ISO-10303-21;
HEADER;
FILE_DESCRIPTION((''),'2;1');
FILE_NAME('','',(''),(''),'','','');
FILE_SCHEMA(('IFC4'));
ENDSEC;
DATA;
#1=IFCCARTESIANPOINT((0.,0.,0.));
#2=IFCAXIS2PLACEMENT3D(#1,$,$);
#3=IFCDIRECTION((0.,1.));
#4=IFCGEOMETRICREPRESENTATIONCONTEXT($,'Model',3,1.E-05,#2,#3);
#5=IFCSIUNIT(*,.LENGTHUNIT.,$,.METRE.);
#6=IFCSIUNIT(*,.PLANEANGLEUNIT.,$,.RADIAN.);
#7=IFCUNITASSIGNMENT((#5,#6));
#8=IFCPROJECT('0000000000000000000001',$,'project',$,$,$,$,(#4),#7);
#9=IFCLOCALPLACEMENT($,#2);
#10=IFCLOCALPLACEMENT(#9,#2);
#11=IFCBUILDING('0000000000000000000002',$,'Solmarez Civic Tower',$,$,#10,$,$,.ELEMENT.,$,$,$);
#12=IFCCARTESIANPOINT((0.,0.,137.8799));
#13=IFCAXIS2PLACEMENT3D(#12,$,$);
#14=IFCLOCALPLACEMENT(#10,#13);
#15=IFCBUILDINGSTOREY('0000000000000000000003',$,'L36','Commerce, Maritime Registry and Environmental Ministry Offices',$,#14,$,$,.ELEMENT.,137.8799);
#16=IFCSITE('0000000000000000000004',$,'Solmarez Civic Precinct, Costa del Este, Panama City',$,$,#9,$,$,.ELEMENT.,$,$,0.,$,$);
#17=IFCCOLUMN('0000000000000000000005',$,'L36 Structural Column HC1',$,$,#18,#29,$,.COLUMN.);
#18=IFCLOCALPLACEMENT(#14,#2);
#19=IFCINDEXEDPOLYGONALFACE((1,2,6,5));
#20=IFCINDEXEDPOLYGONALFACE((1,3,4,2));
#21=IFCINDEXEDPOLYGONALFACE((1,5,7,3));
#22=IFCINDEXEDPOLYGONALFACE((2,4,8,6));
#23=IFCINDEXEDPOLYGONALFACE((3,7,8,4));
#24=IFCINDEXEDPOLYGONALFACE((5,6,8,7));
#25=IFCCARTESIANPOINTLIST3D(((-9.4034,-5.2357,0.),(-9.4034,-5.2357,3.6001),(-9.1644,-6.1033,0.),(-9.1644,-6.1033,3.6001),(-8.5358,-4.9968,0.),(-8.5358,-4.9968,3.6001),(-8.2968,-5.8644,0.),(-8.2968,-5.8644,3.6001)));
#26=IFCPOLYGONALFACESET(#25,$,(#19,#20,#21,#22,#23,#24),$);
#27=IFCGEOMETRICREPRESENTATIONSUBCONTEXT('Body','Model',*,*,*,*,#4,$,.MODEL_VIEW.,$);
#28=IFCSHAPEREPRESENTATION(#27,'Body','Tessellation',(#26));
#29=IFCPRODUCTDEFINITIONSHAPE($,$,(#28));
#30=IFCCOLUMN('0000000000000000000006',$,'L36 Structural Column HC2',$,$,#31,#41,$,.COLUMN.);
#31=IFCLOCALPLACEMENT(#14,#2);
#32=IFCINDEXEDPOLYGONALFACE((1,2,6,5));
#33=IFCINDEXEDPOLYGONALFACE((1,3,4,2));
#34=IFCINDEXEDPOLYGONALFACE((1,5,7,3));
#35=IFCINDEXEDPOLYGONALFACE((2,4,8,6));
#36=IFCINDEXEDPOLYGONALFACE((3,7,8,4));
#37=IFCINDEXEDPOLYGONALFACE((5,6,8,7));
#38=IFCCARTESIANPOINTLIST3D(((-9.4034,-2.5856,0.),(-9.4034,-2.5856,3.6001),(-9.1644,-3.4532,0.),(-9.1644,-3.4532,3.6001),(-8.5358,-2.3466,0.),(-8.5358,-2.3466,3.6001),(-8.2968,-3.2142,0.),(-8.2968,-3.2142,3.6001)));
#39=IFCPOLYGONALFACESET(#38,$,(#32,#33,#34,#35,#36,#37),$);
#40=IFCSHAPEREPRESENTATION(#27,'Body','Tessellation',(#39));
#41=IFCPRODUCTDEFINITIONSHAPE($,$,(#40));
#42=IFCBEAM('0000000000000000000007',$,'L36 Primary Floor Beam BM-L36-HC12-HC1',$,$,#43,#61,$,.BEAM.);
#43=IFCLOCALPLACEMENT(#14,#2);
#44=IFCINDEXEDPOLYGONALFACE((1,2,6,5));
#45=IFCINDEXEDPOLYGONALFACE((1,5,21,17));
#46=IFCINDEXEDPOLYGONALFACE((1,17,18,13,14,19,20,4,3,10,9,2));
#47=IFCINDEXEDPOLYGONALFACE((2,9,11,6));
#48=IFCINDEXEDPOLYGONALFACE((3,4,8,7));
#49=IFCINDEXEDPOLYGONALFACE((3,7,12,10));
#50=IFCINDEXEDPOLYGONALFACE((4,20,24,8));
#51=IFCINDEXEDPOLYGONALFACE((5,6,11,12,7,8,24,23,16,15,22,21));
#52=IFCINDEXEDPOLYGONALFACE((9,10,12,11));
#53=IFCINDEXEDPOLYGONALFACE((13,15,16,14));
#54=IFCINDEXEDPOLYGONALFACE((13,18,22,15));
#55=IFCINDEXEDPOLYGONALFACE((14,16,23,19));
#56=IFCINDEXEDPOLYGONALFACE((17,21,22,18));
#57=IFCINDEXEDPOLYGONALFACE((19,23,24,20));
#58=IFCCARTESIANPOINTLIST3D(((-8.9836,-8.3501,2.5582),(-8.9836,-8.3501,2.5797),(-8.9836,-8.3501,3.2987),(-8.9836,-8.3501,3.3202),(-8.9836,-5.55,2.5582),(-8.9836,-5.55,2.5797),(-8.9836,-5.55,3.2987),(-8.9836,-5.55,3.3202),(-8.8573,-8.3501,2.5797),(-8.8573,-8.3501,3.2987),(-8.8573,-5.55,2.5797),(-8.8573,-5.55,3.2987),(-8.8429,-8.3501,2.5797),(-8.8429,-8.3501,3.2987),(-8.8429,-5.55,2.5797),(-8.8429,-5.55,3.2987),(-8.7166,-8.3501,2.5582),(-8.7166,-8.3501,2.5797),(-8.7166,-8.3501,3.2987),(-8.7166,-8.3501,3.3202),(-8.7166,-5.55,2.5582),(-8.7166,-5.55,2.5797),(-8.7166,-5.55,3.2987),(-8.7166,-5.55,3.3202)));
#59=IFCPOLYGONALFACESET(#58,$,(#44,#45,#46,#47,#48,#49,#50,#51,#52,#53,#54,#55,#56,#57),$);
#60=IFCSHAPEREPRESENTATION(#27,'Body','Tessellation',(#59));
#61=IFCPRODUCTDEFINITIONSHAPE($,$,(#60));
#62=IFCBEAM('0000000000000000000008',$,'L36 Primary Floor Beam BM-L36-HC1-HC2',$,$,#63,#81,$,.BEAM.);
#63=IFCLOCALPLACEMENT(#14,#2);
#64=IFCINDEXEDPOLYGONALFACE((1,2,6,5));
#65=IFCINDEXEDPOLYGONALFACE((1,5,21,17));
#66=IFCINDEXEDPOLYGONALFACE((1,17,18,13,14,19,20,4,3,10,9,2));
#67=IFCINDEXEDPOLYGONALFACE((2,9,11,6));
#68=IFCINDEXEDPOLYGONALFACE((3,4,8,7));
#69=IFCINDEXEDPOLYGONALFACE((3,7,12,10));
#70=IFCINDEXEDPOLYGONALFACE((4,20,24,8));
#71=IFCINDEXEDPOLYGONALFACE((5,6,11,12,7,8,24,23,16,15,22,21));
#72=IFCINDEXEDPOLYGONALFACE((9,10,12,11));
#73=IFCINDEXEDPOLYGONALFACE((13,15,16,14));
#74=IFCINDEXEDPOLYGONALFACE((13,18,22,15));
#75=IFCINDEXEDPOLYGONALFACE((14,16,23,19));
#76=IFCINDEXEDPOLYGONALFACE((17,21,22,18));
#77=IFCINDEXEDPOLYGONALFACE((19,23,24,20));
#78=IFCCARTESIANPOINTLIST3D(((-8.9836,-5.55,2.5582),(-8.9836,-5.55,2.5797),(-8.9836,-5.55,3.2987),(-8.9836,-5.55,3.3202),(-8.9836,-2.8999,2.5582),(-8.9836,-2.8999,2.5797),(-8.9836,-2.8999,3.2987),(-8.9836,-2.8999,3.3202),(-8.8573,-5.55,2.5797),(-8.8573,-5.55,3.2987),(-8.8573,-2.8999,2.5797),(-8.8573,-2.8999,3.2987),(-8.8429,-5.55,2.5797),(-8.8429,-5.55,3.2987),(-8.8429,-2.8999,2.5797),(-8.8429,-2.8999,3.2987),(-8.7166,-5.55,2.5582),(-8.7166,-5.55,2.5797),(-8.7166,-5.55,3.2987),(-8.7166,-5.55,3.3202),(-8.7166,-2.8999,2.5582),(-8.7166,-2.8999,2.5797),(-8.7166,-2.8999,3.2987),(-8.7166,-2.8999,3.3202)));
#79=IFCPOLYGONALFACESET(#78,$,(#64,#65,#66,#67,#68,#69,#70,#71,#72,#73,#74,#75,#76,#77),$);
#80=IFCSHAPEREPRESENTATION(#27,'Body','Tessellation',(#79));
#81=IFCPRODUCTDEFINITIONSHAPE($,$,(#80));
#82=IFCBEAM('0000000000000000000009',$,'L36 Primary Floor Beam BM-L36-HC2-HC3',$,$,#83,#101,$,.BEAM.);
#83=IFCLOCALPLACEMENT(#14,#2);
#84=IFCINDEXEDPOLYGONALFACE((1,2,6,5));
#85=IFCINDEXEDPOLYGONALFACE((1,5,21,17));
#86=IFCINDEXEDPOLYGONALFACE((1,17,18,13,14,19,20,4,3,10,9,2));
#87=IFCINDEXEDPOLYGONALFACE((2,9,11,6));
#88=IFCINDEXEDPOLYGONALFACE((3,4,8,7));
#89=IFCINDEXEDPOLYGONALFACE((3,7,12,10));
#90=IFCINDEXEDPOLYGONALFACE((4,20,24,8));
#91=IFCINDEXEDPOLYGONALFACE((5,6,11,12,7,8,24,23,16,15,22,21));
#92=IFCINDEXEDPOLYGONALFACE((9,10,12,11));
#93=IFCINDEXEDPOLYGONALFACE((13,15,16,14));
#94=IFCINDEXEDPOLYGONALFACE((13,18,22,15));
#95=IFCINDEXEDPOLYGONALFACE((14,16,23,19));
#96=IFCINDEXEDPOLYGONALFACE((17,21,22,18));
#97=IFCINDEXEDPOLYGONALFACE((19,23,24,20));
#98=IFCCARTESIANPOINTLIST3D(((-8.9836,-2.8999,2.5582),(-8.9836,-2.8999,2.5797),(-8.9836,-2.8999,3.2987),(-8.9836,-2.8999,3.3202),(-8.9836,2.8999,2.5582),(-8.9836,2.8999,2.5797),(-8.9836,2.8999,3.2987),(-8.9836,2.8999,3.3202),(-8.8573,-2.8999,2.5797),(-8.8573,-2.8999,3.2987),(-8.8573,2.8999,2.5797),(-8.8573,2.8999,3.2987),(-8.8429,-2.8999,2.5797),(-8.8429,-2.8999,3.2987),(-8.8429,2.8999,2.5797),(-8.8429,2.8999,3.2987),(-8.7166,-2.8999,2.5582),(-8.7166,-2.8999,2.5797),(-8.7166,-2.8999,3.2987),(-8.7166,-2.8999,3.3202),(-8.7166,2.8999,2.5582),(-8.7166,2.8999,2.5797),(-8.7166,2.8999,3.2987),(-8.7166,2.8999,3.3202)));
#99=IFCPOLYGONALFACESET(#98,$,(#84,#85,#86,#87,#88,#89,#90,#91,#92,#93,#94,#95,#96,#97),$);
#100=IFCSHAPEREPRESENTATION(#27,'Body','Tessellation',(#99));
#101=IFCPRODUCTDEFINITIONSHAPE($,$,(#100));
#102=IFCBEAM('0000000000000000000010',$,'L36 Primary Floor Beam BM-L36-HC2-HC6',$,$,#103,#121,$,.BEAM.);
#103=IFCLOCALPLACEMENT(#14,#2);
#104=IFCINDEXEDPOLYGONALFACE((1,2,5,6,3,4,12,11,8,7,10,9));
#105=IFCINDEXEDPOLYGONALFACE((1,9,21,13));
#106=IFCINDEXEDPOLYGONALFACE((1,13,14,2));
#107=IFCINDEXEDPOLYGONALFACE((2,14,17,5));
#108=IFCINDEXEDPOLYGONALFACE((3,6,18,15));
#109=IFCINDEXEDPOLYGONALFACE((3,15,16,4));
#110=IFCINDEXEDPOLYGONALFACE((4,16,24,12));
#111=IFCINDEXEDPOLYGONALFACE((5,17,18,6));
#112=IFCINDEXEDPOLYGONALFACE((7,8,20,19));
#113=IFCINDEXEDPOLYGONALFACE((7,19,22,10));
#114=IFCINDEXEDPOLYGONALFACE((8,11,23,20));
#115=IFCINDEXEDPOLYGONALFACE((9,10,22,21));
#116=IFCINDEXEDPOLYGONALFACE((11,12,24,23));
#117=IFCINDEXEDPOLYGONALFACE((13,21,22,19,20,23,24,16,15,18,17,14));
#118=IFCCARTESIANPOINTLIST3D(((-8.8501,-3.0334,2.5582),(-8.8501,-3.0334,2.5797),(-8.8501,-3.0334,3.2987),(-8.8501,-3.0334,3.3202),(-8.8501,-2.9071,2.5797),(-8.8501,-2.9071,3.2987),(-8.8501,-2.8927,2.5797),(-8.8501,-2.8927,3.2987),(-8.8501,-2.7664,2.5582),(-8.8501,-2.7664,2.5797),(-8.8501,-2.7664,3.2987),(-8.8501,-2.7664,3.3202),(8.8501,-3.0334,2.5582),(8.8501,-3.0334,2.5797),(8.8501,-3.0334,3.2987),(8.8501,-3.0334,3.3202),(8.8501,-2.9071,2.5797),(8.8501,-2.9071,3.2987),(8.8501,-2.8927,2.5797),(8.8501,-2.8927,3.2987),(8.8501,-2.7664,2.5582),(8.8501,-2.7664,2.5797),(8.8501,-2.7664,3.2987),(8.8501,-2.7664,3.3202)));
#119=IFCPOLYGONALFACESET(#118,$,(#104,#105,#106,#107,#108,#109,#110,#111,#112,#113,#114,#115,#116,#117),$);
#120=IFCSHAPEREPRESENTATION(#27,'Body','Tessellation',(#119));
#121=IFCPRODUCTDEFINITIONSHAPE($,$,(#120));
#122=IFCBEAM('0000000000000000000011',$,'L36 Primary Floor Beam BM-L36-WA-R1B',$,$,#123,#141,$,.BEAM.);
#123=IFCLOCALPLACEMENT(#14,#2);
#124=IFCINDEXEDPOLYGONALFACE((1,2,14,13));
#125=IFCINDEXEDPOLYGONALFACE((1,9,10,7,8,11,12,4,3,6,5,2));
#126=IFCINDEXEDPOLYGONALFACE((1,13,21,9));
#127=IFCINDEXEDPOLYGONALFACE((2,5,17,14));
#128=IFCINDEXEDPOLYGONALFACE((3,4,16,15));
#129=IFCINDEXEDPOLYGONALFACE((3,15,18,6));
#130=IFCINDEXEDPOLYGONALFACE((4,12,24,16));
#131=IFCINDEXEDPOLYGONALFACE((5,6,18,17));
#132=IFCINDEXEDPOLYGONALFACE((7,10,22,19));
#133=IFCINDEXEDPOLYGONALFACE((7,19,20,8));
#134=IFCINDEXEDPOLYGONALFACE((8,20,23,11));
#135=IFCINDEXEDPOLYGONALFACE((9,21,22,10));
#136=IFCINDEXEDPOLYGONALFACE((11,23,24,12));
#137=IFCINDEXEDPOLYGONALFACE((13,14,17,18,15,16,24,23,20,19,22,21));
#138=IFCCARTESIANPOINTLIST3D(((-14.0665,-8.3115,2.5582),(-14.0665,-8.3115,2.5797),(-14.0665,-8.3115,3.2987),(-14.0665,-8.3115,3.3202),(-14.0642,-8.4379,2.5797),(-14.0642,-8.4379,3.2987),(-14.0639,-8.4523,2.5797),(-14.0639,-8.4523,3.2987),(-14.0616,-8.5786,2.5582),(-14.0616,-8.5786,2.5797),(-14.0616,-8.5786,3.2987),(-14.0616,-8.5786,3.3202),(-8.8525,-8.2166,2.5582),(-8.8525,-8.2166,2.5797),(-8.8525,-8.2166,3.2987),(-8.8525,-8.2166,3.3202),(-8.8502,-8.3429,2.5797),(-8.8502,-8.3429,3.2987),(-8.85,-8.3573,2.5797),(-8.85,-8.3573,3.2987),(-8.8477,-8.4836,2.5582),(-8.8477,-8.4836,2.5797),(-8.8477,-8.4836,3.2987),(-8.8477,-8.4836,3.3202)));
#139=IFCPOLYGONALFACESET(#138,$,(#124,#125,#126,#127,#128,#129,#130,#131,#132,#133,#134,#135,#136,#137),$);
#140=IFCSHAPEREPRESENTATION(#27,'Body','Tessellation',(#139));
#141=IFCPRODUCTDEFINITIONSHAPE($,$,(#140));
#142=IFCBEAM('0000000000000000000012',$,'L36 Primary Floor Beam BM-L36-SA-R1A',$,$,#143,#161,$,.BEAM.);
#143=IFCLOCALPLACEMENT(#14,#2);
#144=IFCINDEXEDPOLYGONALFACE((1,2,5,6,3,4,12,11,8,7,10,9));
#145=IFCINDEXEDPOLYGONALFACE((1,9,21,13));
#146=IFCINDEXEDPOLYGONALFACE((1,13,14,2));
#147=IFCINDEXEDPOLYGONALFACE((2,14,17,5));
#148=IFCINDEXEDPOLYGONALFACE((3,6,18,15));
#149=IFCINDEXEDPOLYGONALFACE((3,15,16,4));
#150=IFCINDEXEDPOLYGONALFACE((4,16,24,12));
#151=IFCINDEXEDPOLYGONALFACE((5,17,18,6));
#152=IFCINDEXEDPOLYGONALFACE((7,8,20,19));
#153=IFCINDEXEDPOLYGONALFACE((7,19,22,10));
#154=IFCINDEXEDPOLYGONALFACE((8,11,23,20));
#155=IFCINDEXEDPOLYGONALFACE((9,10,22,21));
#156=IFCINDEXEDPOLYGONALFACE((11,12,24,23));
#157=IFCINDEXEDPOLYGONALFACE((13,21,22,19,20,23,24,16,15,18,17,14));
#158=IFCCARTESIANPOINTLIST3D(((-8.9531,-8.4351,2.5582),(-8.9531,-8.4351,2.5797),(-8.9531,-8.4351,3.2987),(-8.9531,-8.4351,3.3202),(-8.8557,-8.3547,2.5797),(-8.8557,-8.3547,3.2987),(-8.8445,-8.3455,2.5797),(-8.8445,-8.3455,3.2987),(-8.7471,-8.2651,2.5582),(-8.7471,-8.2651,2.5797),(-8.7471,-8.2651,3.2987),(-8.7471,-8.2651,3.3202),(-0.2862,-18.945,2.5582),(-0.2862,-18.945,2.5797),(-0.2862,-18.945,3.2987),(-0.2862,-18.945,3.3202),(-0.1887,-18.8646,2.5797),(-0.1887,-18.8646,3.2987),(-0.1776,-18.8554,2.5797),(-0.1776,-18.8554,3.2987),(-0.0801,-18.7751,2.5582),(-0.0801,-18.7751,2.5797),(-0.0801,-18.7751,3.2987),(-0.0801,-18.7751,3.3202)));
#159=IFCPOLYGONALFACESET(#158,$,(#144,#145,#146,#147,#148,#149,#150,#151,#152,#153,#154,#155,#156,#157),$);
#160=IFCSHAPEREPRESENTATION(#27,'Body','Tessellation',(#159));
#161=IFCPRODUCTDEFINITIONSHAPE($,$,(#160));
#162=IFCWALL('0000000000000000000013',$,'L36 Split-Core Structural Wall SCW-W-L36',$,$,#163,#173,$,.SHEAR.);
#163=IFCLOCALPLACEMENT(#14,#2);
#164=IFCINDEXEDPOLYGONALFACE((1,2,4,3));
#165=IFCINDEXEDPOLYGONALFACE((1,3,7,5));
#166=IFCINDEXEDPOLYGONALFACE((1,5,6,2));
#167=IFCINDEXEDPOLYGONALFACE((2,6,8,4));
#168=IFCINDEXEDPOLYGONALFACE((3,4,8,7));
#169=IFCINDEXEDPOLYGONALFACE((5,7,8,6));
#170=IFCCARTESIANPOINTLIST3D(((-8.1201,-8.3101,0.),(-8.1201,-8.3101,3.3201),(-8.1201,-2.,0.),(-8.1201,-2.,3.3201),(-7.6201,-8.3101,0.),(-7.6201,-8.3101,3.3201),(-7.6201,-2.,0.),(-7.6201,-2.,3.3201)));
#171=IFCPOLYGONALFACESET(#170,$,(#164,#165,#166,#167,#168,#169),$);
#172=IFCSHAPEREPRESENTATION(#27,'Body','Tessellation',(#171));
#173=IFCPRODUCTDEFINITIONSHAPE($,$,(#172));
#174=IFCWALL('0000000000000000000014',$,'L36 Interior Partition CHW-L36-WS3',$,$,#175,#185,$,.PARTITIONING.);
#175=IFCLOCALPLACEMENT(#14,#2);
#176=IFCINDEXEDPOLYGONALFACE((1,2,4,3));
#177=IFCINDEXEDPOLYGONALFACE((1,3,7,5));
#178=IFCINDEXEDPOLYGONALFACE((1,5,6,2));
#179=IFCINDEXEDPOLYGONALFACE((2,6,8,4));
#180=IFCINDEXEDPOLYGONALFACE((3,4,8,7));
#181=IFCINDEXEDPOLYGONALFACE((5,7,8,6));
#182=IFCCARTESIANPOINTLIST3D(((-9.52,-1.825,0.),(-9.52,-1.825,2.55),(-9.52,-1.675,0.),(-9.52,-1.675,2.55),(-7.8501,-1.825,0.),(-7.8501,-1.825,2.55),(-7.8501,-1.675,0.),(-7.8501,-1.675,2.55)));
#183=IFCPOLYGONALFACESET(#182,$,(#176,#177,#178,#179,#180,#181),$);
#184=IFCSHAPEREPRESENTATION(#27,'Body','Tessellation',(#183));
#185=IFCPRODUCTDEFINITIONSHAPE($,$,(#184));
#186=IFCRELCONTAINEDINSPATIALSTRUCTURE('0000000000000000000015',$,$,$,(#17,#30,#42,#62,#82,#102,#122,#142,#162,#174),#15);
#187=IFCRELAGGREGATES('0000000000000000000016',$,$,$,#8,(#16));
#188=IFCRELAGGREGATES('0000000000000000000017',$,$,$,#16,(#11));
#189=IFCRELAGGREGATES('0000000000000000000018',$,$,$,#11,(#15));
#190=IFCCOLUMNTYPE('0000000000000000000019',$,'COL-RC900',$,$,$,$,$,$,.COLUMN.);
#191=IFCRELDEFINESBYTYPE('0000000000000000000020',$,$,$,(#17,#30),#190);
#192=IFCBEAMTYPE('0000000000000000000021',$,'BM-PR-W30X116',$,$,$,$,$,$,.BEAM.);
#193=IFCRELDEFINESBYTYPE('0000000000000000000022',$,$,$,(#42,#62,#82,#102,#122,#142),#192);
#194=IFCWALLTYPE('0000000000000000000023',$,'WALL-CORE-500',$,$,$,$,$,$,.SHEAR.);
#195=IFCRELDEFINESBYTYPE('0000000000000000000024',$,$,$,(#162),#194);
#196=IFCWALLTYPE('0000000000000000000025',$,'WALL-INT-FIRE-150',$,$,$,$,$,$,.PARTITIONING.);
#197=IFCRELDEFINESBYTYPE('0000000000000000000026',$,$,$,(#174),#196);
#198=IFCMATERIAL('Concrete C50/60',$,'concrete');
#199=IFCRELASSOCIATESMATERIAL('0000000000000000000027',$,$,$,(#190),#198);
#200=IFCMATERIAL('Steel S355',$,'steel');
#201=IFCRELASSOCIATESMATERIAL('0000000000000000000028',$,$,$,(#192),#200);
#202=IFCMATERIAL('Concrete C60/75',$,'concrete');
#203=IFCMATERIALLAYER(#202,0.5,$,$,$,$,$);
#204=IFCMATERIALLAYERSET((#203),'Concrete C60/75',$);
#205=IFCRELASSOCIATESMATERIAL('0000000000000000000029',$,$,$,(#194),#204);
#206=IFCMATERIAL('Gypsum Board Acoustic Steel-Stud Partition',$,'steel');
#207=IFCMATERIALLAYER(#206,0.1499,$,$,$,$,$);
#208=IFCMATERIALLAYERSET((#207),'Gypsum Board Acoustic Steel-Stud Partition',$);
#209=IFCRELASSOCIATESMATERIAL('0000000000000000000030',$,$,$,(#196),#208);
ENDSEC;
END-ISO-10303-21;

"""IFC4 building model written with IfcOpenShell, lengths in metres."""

from ifc_helpers import new_model, si_unit, direction, frame, frame_2d, origin, origin_2d, place, context, subcontext, project, spatial, rectangle, i_section, extrude, material, layer, layer_set, material_profile, profile_set, type_object, element, save


model = new_model("IFC4")

# Units and contexts
model_context = context("Model", 3, precision=1e-05, world=origin(), true_north=direction((0.0, 1.0)))
body_context = subcontext(model_context, "Body", "Model", "MODEL_VIEW")
ifc_project = project(units=[si_unit("LENGTHUNIT", "METRE"), si_unit("PLANEANGLEUNIT", "RADIAN")], contexts=[model_context])

# Site, building, storey
site_placement = place(None, origin())
site = spatial("IfcSite", under=ifc_project, at=site_placement, Name="Solmarez Civic Precinct, Costa del Este, Panama City", CompositionType="ELEMENT", RefElevation=0.0)
building_placement = place(site_placement, origin())
building = spatial("IfcBuilding", under=site, at=building_placement, Name="Solmarez Civic Tower", CompositionType="ELEMENT")
storey_placement = place(building_placement, frame((0.0, 0.0, 137.8799)))
storey = spatial("IfcBuildingStorey", under=building, at=storey_placement, Name="L36", Description="Commerce, Maritime Registry and Environmental Ministry Offices", CompositionType="ELEMENT", Elevation=137.8799)

# Columns
ifc_material_1 = material(Name="Concrete C50/60", Category="concrete")
ifc_material_profile_1 = material_profile(ifc_material_1, rectangle(XDim=0.8999, YDim=0.8999, at=origin_2d()), Name="RC900X900")
ifc_profile_set_1 = profile_set([ifc_material_profile_1], Name="Concrete C50/60")
column_type = type_object("IfcColumnType", Name="COL-RC900", PredefinedType="COLUMN", material=ifc_profile_set_1)
for number, where, z_axis, x_axis, name in (
    (1, (-8.8501, -5.55, 0.0), (0.0, 0.0, 1.0), (0.964095, 0.265556, 0.0), "L36 Structural Column HC1"),
    (2, (-8.8501, -2.8999, 0.0), (0.0, 0.0, 1.0), (0.964095, 0.265556, 0.0), "L36 Structural Column HC2"),
):
    element("IfcColumn", number, at=place(storey_placement, frame(where, z_axis=z_axis, x_axis=x_axis)), inside=storey, type_object=column_type, Name=name, PredefinedType="COLUMN", context=body_context, shape_type="SweptSolid", body=[
        extrude(rectangle(XDim=0.8999, YDim=0.8999, at=origin_2d()), origin(), (0.0, 0.0, 1.0), 3.6001),
    ])

# Beams
ifc_material_2 = material(Name="Steel S355", Category="steel")
ifc_material_profile_2 = material_profile(ifc_material_2, i_section(OverallWidth=0.2671, OverallDepth=0.762, WebThickness=0.0144, FlangeThickness=0.0215, at=origin_2d()), Name="W30X116")
ifc_profile_set_2 = profile_set([ifc_material_profile_2], Name="Steel S355")
beam_type = type_object("IfcBeamType", Name="BM-PR-W30X116", PredefinedType="BEAM", material=ifc_profile_set_2)
beam_1_placement = place(storey_placement, frame((-8.8501, -8.3501, 2.9392), z_axis=(0.0, 1.0, 0.0), x_axis=(-1.0, 0.0, 0.0)))
element("IfcBeam", 3, at=beam_1_placement, inside=storey, type_object=beam_type, Name="L36 Primary Floor Beam BM-L36-HC12-HC1", PredefinedType="BEAM", context=body_context, shape_type="SweptSolid", body=[
    extrude(i_section(OverallWidth=0.2671, OverallDepth=0.762, WebThickness=0.0144, FlangeThickness=0.0215, at=origin_2d()), origin(), (0.0, 0.0, 1.0), 2.8),
])
beam_2_placement = place(storey_placement, frame((-8.8501, -5.55, 2.9392), z_axis=(0.0, 1.0, 0.0), x_axis=(-1.0, 0.0, 0.0)))
element("IfcBeam", 4, at=beam_2_placement, inside=storey, type_object=beam_type, Name="L36 Primary Floor Beam BM-L36-HC1-HC2", PredefinedType="BEAM", context=body_context, shape_type="SweptSolid", body=[
    extrude(i_section(OverallWidth=0.2671, OverallDepth=0.762, WebThickness=0.0144, FlangeThickness=0.0215, at=origin_2d()), origin(), (0.0, 0.0, 1.0), 2.6501),
])
beam_3_placement = place(storey_placement, frame((-8.8501, -2.8999, 2.9392), z_axis=(0.0, 1.0, 0.0), x_axis=(-1.0, 0.0, 0.0)))
element("IfcBeam", 5, at=beam_3_placement, inside=storey, type_object=beam_type, Name="L36 Primary Floor Beam BM-L36-HC2-HC3", PredefinedType="BEAM", context=body_context, shape_type="SweptSolid", body=[
    extrude(i_section(OverallWidth=0.2671, OverallDepth=0.762, WebThickness=0.0144, FlangeThickness=0.0215, at=origin_2d()), origin(), (0.0, 0.0, 1.0), 5.7998),
])
beam_4_placement = place(storey_placement, frame((-8.8501, -2.8999, 2.9392), z_axis=(1.0, 0.0, 0.0), x_axis=(0.0, 1.0, 0.0)))
element("IfcBeam", 6, at=beam_4_placement, inside=storey, type_object=beam_type, Name="L36 Primary Floor Beam BM-L36-HC2-HC6", PredefinedType="BEAM", context=body_context, shape_type="SweptSolid", body=[
    extrude(i_section(OverallWidth=0.2671, OverallDepth=0.762, WebThickness=0.0144, FlangeThickness=0.0215, at=origin_2d()), origin(), (0.0, 0.0, 1.0), 17.7002),
])
beam_5_placement = place(storey_placement, frame((-8.8501, -8.3501, 2.9392), z_axis=(-0.999834, -0.018212, 0.0), x_axis=(0.018212, -0.999834, 0.0)))
element("IfcBeam", 7, at=beam_5_placement, inside=storey, type_object=beam_type, Name="L36 Primary Floor Beam BM-L36-WA-R1B", PredefinedType="BEAM", context=body_context, shape_type="SweptSolid", body=[
    extrude(i_section(OverallWidth=0.2671, OverallDepth=0.762, WebThickness=0.0144, FlangeThickness=0.0215, at=origin_2d()), origin(), (0.0, 0.0, 1.0), 5.2148),
])
beam_6_placement = place(storey_placement, frame((-8.8501, -8.3501, 2.9392), z_axis=(0.636218, -0.771509, 0.0), x_axis=(0.771509, 0.636218, 0.0)))
element("IfcBeam", 8, at=beam_6_placement, inside=storey, type_object=beam_type, Name="L36 Primary Floor Beam BM-L36-SA-R1A", PredefinedType="BEAM", context=body_context, shape_type="SweptSolid", body=[
    extrude(i_section(OverallWidth=0.2671, OverallDepth=0.762, WebThickness=0.0144, FlangeThickness=0.0215, at=origin_2d()), origin(), (0.0, 0.0, 1.0), 13.6226),
])

# Shared definitions
ifc_material_3 = material(Name="Concrete C60/75", Category="concrete")
ifc_layer_1 = layer(ifc_material_3, 0.5)
ifc_layer_set_1 = layer_set([ifc_layer_1], Name="Concrete C60/75")
wall_type_1 = type_object("IfcWallType", Name="WALL-CORE-500", PredefinedType="SHEAR", material=ifc_layer_set_1)

# Walls
wall_1_placement = place(storey_placement, frame((-7.8701, -8.3101, 0.0), z_axis=(0.0, 0.0, 1.0), x_axis=(0.0, 1.0, 0.0)))
element("IfcWall", 9, at=wall_1_placement, inside=storey, type_object=wall_type_1, Name="L36 Split-Core Structural Wall SCW-W-L36", PredefinedType="SHEAR", context=body_context, shape_type="SweptSolid", body=[
    extrude(rectangle(XDim=6.3101, YDim=0.5, at=frame_2d((3.155, 0.0))), origin(), (0.0, 0.0, 1.0), 3.3201),
])
ifc_material_4 = material(Name="Gypsum Board Acoustic Steel-Stud Partition", Category="steel")
ifc_layer_2 = layer(ifc_material_4, 0.1499)
ifc_layer_set_2 = layer_set([ifc_layer_2], Name="Gypsum Board Acoustic Steel-Stud Partition")
wall_type_2 = type_object("IfcWallType", Name="WALL-INT-FIRE-150", PredefinedType="PARTITIONING", material=ifc_layer_set_2)
wall_2_placement = place(storey_placement, frame((-7.8501, -1.75, 0.0), z_axis=(0.0, 0.0, 1.0), x_axis=(-1.0, 0.0, 0.0)))
element("IfcWall", 10, at=wall_2_placement, inside=storey, type_object=wall_type_2, Name="L36 Interior Partition CHW-L36-WS3", PredefinedType="PARTITIONING", context=body_context, shape_type="SweptSolid", body=[
    extrude(rectangle(XDim=1.6699, YDim=0.1499, at=frame_2d((0.835, 0.0))), origin(), (0.0, 0.0, 1.0), 2.55),
])

save(model, "model.ifc")
